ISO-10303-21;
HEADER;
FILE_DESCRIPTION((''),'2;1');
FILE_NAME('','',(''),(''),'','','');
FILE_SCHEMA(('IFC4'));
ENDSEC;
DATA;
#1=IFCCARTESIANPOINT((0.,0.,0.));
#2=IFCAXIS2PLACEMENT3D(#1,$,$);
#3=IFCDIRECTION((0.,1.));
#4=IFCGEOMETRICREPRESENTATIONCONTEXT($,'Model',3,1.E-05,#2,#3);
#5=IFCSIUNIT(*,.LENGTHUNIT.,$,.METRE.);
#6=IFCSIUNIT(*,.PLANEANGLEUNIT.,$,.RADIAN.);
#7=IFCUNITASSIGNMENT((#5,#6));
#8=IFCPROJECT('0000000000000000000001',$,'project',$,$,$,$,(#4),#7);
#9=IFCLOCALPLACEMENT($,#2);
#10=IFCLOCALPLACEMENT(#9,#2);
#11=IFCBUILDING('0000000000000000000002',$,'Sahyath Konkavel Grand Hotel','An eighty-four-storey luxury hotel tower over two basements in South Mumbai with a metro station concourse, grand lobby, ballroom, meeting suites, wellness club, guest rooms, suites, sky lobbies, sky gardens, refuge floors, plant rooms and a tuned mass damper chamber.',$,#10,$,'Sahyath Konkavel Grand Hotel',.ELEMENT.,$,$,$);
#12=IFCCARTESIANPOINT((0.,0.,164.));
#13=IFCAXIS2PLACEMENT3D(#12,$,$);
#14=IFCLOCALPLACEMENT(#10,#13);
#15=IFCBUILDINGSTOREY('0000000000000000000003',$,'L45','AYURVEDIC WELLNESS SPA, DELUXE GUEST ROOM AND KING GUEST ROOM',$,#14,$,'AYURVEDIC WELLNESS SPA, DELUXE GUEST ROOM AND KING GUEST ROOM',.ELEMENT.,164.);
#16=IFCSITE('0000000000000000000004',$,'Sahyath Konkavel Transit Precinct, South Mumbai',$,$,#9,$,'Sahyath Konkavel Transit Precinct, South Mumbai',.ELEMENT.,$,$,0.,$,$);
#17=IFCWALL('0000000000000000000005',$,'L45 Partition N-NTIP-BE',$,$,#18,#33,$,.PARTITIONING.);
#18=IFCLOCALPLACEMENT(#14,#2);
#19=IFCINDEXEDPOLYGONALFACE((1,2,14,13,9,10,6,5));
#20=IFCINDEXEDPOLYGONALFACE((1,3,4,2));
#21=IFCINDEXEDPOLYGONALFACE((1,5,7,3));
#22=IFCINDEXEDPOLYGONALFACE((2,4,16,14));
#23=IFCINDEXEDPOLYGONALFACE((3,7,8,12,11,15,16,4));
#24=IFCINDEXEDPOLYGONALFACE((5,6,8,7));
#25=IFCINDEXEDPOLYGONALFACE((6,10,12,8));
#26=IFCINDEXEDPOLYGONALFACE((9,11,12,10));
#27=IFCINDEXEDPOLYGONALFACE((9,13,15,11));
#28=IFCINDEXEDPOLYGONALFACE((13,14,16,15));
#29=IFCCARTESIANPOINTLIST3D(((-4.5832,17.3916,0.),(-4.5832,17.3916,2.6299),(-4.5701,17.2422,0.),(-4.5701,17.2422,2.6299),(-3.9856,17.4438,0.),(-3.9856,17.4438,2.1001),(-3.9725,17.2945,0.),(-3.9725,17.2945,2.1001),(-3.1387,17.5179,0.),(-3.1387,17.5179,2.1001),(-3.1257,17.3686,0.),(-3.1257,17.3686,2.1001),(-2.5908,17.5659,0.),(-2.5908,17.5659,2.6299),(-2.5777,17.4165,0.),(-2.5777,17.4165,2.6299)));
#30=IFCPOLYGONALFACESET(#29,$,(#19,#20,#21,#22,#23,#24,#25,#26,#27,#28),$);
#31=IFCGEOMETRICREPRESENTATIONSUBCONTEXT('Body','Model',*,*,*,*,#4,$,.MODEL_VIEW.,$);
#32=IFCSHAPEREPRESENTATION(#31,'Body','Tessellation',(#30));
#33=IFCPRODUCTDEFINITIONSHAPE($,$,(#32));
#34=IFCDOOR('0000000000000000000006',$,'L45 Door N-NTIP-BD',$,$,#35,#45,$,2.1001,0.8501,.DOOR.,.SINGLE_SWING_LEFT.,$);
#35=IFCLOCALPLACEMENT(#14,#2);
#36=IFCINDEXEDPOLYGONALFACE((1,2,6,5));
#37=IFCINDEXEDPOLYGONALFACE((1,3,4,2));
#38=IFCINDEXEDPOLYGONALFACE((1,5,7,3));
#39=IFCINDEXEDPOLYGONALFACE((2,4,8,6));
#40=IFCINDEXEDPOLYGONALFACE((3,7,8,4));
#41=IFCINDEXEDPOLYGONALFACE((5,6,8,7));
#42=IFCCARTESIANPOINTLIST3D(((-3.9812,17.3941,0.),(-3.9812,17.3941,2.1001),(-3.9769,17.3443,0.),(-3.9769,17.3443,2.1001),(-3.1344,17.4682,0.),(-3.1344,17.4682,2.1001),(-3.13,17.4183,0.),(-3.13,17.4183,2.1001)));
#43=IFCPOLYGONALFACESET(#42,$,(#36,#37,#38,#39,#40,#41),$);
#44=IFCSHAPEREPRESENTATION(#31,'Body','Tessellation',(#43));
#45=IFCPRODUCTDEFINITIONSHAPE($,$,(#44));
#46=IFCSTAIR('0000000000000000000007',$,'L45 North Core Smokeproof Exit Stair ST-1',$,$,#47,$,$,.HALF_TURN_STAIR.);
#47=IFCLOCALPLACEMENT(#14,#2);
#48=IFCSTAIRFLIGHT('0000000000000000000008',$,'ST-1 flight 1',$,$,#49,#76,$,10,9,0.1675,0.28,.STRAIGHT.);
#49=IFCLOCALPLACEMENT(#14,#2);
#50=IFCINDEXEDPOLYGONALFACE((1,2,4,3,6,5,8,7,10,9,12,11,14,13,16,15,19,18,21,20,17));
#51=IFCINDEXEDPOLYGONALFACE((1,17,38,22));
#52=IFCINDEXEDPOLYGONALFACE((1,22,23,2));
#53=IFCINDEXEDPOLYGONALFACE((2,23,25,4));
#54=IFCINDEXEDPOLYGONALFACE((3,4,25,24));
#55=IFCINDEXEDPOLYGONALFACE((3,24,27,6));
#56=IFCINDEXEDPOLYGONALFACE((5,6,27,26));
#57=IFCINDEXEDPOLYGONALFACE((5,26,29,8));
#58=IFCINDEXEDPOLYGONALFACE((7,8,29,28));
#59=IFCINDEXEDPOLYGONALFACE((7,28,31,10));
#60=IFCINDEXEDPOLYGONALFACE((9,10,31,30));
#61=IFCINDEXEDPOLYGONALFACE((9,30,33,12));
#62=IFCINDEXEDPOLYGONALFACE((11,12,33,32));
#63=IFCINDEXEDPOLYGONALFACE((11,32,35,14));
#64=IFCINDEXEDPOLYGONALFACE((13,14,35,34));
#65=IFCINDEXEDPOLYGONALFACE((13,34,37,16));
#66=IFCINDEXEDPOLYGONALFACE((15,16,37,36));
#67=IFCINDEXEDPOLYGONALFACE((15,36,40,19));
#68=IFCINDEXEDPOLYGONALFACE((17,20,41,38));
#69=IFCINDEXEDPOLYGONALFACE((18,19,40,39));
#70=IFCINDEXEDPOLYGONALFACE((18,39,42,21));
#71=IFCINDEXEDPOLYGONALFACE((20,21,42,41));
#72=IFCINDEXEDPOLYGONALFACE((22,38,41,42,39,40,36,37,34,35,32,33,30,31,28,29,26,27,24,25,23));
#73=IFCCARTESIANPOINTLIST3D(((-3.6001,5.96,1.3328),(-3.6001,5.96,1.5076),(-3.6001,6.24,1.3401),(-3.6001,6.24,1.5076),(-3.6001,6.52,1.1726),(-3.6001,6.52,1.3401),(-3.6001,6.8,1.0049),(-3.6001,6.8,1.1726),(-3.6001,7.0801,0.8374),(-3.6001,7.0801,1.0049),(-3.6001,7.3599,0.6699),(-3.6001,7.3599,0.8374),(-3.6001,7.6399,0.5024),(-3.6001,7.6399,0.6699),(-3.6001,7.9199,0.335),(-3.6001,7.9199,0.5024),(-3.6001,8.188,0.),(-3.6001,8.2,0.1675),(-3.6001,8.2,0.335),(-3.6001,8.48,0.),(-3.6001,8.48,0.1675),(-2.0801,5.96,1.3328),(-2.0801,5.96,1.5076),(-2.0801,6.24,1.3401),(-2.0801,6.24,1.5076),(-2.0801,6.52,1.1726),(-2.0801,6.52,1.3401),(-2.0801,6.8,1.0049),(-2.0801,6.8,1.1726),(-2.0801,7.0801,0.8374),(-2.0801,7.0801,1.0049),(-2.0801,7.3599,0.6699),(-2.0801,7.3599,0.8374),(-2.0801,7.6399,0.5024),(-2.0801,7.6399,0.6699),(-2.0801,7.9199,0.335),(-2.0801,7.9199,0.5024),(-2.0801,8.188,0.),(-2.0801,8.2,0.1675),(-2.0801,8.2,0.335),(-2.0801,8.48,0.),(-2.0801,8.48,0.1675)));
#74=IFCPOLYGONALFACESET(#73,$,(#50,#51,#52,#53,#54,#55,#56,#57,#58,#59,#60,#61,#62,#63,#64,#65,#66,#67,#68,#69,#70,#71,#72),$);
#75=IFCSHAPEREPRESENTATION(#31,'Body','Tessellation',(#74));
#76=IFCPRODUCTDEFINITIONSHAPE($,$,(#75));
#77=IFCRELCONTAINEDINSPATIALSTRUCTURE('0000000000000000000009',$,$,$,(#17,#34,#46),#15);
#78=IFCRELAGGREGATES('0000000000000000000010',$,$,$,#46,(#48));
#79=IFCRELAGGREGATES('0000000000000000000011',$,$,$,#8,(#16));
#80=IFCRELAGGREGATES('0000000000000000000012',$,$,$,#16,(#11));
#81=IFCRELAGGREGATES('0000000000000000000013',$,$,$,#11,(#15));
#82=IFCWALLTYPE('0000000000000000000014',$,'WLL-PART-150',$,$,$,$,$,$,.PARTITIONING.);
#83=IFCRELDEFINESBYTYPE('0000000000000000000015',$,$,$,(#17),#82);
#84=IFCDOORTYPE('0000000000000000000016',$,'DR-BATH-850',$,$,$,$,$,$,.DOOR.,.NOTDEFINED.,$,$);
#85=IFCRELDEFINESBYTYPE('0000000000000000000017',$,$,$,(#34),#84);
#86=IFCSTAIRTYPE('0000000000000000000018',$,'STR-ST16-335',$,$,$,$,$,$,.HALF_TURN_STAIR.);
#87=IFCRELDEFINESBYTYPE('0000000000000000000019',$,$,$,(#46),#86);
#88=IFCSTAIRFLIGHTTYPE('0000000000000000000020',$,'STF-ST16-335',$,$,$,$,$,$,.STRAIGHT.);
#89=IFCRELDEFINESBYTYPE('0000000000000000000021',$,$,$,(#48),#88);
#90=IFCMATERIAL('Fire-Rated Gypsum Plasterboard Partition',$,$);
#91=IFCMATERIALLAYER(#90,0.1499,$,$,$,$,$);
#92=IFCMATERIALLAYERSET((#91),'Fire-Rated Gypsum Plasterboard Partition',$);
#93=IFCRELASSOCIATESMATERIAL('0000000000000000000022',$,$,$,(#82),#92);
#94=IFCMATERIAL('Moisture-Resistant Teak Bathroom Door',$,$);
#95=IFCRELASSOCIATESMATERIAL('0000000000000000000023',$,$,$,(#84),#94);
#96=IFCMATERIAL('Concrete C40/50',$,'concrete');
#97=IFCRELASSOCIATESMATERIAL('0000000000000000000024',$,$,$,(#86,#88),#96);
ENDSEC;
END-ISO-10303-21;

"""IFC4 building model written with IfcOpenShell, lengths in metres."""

from ifc_helpers import new_model, si_unit, direction, frame, frame_2d, origin, origin_2d, place, context, subcontext, project, spatial, polyline, rectangle, outline, extrude, source, transform, mapped, material, layer, layer_set, type_object, element, fill, aggregate, save


model = new_model("IFC4")

# Units and contexts
model_context = context("Model", 3, precision=1e-05, world=origin(), true_north=direction((0.0, 1.0)))
body_context = subcontext(model_context, "Body", "Model", "MODEL_VIEW")
ifc_project = project(units=[si_unit("LENGTHUNIT", "METRE"), si_unit("PLANEANGLEUNIT", "RADIAN")], contexts=[model_context])

# Site, building, storey
site_placement = place(None, origin())
site = spatial("IfcSite", under=ifc_project, at=site_placement, Name="Sahyath Konkavel Transit Precinct, South Mumbai", LongName="Sahyath Konkavel Transit Precinct, South Mumbai", CompositionType="ELEMENT", RefElevation=0.0)
building_placement = place(site_placement, origin())
building = spatial("IfcBuilding", under=site, at=building_placement, Name="Sahyath Konkavel Grand Hotel", Description="An eighty-four-storey luxury hotel tower over two basements in South Mumbai with a metro station concourse, grand lobby, ballroom, meeting suites, wellness club, guest rooms, suites, sky lobbies, sky gardens, refuge floors, plant rooms and a tuned mass damper chamber.", LongName="Sahyath Konkavel Grand Hotel", CompositionType="ELEMENT")
storey_placement = place(building_placement, frame((0.0, 0.0, 164.0)))
storey = spatial("IfcBuildingStorey", under=building, at=storey_placement, Name="L45", Description="AYURVEDIC WELLNESS SPA, DELUXE GUEST ROOM AND KING GUEST ROOM", LongName="AYURVEDIC WELLNESS SPA, DELUXE GUEST ROOM AND KING GUEST ROOM", CompositionType="ELEMENT", Elevation=164.0)

# Shared definitions
ifc_material_1 = material(Name="Fire-Rated Gypsum Plasterboard Partition")
ifc_layer_1 = layer(ifc_material_1, 0.1499)
ifc_layer_set_1 = layer_set([ifc_layer_1], Name="Fire-Rated Gypsum Plasterboard Partition")
wall_type_1 = type_object("IfcWallType", Name="WLL-PART-150", PredefinedType="PARTITIONING", material=ifc_layer_set_1)

# Wall, opening, door
wall_1_placement = place(storey_placement, frame((-2.5842, 17.4912, 0.0), z_axis=(0.0, 0.0, 1.0), x_axis=(-0.996195, -0.087156, 0.0)))
wall_1 = element("IfcWall", 1, at=wall_1_placement, inside=storey, type_object=wall_type_1, Name="L45 Partition N-NTIP-BE", PredefinedType="PARTITIONING", context=body_context, shape_type="SweptSolid", body=[
    extrude(rectangle(XDim=2.0, YDim=0.1499, at=frame_2d((1.0, 0.0))), origin(), (0.0, 0.0, 1.0), 2.6299),
])
opening_placement = place(wall_1_placement, frame((0.55, 0.0, 0.0)))
opening = element("IfcOpeningElement", 2, at=opening_placement, cuts=wall_1, PredefinedType="OPENING", context=body_context, shape_type="SweptSolid", body=[
    extrude(rectangle(XDim=0.8501, YDim=2.1001, at=frame_2d((0.425, 1.05))), frame((0.0, 0.085, 0.0), z_axis=(0.0, -1.0, 0.0), x_axis=(1.0, 0.0, 0.0)), (0.0, 0.0, 1.0), 0.1699),
])
ifc_material_2 = material(Name="Moisture-Resistant Teak Bathroom Door")
door_type = type_object("IfcDoorType", Name="DR-BATH-850", OperationType="NOTDEFINED", PredefinedType="DOOR", material=ifc_material_2)
shared_shape_1 = source(origin(), body_context, "Body", "SweptSolid", [
    extrude(rectangle(XDim=0.8501, YDim=0.05, at=origin_2d()), origin(), (0.0, 0.0, 1.0), 2.1001),
])
door_placement = place(opening_placement, frame((0.425, 0.0, 0.0)))
door = element("IfcDoor", 3, at=door_placement, inside=storey, type_object=door_type, Name="L45 Door N-NTIP-BD", OperationType="SINGLE_SWING_LEFT", OverallHeight=2.1001, OverallWidth=0.8501, PredefinedType="DOOR", context=body_context, shape_type="MappedRepresentation", body=[
    mapped(shared_shape_1, transform((0.0, 0.0, 0.0), scale=1.0)),
])
fill(opening, door)

# Stair, stair flight
ifc_material_3 = material(Name="Concrete C40/50", Category="concrete")
stair_type = type_object("IfcStairType", Name="STR-ST16-335", PredefinedType="HALF_TURN_STAIR", material=ifc_material_3)
stair_placement = place(storey_placement, origin())
stair = element("IfcStair", 4, at=stair_placement, inside=storey, type_object=stair_type, Name="L45 North Core Smokeproof Exit Stair ST-1", PredefinedType="HALF_TURN_STAIR")
stair_flight_type = type_object("IfcStairFlightType", Name="STF-ST16-335", PredefinedType="STRAIGHT", material=ifc_material_3)
stair_flight_placement = place(storey_placement, frame((-2.8401, 8.48, 0.0), z_axis=(0.0, 0.0, 1.0), x_axis=(0.0, -1.0, 0.0)))
stair_flight = element("IfcStairFlight", 5, at=stair_flight_placement, type_object=stair_flight_type, Name="ST-1 flight 1", NumberOfRisers=10, NumberOfTreads=9, PredefinedType="STRAIGHT", RiserHeight=0.1675, TreadLength=0.28, context=body_context, shape_type="SweptSolid", body=[
    extrude(outline(polyline([(0.0, 0.0), (0.0, 0.1675), (0.28, 0.1675), (0.28, 0.335), (0.5601, 0.335), (0.5601, 0.5024), (0.8401, 0.5024), (0.8401, 0.6699), (1.1201, 0.6699), (1.1201, 0.8374), (1.3999, 0.8374), (1.3999, 1.0049), (1.6799, 1.0049), (1.6799, 1.1726), (1.96, 1.1726), (1.96, 1.3401), (2.24, 1.3401), (2.24, 1.5076), (2.52, 1.5076), (2.52, 1.675), (2.52, 1.3328), (0.292, 0.0), (0.0, 0.0)])), frame((0.0, 0.76, 0.0), z_axis=(0.0, -1.0, 0.0), x_axis=(1.0, 0.0, 0.0)), (0.0, 0.0, 1.0), 1.52),
])
aggregate(stair, [stair_flight])

save(model, "model.ifc")
